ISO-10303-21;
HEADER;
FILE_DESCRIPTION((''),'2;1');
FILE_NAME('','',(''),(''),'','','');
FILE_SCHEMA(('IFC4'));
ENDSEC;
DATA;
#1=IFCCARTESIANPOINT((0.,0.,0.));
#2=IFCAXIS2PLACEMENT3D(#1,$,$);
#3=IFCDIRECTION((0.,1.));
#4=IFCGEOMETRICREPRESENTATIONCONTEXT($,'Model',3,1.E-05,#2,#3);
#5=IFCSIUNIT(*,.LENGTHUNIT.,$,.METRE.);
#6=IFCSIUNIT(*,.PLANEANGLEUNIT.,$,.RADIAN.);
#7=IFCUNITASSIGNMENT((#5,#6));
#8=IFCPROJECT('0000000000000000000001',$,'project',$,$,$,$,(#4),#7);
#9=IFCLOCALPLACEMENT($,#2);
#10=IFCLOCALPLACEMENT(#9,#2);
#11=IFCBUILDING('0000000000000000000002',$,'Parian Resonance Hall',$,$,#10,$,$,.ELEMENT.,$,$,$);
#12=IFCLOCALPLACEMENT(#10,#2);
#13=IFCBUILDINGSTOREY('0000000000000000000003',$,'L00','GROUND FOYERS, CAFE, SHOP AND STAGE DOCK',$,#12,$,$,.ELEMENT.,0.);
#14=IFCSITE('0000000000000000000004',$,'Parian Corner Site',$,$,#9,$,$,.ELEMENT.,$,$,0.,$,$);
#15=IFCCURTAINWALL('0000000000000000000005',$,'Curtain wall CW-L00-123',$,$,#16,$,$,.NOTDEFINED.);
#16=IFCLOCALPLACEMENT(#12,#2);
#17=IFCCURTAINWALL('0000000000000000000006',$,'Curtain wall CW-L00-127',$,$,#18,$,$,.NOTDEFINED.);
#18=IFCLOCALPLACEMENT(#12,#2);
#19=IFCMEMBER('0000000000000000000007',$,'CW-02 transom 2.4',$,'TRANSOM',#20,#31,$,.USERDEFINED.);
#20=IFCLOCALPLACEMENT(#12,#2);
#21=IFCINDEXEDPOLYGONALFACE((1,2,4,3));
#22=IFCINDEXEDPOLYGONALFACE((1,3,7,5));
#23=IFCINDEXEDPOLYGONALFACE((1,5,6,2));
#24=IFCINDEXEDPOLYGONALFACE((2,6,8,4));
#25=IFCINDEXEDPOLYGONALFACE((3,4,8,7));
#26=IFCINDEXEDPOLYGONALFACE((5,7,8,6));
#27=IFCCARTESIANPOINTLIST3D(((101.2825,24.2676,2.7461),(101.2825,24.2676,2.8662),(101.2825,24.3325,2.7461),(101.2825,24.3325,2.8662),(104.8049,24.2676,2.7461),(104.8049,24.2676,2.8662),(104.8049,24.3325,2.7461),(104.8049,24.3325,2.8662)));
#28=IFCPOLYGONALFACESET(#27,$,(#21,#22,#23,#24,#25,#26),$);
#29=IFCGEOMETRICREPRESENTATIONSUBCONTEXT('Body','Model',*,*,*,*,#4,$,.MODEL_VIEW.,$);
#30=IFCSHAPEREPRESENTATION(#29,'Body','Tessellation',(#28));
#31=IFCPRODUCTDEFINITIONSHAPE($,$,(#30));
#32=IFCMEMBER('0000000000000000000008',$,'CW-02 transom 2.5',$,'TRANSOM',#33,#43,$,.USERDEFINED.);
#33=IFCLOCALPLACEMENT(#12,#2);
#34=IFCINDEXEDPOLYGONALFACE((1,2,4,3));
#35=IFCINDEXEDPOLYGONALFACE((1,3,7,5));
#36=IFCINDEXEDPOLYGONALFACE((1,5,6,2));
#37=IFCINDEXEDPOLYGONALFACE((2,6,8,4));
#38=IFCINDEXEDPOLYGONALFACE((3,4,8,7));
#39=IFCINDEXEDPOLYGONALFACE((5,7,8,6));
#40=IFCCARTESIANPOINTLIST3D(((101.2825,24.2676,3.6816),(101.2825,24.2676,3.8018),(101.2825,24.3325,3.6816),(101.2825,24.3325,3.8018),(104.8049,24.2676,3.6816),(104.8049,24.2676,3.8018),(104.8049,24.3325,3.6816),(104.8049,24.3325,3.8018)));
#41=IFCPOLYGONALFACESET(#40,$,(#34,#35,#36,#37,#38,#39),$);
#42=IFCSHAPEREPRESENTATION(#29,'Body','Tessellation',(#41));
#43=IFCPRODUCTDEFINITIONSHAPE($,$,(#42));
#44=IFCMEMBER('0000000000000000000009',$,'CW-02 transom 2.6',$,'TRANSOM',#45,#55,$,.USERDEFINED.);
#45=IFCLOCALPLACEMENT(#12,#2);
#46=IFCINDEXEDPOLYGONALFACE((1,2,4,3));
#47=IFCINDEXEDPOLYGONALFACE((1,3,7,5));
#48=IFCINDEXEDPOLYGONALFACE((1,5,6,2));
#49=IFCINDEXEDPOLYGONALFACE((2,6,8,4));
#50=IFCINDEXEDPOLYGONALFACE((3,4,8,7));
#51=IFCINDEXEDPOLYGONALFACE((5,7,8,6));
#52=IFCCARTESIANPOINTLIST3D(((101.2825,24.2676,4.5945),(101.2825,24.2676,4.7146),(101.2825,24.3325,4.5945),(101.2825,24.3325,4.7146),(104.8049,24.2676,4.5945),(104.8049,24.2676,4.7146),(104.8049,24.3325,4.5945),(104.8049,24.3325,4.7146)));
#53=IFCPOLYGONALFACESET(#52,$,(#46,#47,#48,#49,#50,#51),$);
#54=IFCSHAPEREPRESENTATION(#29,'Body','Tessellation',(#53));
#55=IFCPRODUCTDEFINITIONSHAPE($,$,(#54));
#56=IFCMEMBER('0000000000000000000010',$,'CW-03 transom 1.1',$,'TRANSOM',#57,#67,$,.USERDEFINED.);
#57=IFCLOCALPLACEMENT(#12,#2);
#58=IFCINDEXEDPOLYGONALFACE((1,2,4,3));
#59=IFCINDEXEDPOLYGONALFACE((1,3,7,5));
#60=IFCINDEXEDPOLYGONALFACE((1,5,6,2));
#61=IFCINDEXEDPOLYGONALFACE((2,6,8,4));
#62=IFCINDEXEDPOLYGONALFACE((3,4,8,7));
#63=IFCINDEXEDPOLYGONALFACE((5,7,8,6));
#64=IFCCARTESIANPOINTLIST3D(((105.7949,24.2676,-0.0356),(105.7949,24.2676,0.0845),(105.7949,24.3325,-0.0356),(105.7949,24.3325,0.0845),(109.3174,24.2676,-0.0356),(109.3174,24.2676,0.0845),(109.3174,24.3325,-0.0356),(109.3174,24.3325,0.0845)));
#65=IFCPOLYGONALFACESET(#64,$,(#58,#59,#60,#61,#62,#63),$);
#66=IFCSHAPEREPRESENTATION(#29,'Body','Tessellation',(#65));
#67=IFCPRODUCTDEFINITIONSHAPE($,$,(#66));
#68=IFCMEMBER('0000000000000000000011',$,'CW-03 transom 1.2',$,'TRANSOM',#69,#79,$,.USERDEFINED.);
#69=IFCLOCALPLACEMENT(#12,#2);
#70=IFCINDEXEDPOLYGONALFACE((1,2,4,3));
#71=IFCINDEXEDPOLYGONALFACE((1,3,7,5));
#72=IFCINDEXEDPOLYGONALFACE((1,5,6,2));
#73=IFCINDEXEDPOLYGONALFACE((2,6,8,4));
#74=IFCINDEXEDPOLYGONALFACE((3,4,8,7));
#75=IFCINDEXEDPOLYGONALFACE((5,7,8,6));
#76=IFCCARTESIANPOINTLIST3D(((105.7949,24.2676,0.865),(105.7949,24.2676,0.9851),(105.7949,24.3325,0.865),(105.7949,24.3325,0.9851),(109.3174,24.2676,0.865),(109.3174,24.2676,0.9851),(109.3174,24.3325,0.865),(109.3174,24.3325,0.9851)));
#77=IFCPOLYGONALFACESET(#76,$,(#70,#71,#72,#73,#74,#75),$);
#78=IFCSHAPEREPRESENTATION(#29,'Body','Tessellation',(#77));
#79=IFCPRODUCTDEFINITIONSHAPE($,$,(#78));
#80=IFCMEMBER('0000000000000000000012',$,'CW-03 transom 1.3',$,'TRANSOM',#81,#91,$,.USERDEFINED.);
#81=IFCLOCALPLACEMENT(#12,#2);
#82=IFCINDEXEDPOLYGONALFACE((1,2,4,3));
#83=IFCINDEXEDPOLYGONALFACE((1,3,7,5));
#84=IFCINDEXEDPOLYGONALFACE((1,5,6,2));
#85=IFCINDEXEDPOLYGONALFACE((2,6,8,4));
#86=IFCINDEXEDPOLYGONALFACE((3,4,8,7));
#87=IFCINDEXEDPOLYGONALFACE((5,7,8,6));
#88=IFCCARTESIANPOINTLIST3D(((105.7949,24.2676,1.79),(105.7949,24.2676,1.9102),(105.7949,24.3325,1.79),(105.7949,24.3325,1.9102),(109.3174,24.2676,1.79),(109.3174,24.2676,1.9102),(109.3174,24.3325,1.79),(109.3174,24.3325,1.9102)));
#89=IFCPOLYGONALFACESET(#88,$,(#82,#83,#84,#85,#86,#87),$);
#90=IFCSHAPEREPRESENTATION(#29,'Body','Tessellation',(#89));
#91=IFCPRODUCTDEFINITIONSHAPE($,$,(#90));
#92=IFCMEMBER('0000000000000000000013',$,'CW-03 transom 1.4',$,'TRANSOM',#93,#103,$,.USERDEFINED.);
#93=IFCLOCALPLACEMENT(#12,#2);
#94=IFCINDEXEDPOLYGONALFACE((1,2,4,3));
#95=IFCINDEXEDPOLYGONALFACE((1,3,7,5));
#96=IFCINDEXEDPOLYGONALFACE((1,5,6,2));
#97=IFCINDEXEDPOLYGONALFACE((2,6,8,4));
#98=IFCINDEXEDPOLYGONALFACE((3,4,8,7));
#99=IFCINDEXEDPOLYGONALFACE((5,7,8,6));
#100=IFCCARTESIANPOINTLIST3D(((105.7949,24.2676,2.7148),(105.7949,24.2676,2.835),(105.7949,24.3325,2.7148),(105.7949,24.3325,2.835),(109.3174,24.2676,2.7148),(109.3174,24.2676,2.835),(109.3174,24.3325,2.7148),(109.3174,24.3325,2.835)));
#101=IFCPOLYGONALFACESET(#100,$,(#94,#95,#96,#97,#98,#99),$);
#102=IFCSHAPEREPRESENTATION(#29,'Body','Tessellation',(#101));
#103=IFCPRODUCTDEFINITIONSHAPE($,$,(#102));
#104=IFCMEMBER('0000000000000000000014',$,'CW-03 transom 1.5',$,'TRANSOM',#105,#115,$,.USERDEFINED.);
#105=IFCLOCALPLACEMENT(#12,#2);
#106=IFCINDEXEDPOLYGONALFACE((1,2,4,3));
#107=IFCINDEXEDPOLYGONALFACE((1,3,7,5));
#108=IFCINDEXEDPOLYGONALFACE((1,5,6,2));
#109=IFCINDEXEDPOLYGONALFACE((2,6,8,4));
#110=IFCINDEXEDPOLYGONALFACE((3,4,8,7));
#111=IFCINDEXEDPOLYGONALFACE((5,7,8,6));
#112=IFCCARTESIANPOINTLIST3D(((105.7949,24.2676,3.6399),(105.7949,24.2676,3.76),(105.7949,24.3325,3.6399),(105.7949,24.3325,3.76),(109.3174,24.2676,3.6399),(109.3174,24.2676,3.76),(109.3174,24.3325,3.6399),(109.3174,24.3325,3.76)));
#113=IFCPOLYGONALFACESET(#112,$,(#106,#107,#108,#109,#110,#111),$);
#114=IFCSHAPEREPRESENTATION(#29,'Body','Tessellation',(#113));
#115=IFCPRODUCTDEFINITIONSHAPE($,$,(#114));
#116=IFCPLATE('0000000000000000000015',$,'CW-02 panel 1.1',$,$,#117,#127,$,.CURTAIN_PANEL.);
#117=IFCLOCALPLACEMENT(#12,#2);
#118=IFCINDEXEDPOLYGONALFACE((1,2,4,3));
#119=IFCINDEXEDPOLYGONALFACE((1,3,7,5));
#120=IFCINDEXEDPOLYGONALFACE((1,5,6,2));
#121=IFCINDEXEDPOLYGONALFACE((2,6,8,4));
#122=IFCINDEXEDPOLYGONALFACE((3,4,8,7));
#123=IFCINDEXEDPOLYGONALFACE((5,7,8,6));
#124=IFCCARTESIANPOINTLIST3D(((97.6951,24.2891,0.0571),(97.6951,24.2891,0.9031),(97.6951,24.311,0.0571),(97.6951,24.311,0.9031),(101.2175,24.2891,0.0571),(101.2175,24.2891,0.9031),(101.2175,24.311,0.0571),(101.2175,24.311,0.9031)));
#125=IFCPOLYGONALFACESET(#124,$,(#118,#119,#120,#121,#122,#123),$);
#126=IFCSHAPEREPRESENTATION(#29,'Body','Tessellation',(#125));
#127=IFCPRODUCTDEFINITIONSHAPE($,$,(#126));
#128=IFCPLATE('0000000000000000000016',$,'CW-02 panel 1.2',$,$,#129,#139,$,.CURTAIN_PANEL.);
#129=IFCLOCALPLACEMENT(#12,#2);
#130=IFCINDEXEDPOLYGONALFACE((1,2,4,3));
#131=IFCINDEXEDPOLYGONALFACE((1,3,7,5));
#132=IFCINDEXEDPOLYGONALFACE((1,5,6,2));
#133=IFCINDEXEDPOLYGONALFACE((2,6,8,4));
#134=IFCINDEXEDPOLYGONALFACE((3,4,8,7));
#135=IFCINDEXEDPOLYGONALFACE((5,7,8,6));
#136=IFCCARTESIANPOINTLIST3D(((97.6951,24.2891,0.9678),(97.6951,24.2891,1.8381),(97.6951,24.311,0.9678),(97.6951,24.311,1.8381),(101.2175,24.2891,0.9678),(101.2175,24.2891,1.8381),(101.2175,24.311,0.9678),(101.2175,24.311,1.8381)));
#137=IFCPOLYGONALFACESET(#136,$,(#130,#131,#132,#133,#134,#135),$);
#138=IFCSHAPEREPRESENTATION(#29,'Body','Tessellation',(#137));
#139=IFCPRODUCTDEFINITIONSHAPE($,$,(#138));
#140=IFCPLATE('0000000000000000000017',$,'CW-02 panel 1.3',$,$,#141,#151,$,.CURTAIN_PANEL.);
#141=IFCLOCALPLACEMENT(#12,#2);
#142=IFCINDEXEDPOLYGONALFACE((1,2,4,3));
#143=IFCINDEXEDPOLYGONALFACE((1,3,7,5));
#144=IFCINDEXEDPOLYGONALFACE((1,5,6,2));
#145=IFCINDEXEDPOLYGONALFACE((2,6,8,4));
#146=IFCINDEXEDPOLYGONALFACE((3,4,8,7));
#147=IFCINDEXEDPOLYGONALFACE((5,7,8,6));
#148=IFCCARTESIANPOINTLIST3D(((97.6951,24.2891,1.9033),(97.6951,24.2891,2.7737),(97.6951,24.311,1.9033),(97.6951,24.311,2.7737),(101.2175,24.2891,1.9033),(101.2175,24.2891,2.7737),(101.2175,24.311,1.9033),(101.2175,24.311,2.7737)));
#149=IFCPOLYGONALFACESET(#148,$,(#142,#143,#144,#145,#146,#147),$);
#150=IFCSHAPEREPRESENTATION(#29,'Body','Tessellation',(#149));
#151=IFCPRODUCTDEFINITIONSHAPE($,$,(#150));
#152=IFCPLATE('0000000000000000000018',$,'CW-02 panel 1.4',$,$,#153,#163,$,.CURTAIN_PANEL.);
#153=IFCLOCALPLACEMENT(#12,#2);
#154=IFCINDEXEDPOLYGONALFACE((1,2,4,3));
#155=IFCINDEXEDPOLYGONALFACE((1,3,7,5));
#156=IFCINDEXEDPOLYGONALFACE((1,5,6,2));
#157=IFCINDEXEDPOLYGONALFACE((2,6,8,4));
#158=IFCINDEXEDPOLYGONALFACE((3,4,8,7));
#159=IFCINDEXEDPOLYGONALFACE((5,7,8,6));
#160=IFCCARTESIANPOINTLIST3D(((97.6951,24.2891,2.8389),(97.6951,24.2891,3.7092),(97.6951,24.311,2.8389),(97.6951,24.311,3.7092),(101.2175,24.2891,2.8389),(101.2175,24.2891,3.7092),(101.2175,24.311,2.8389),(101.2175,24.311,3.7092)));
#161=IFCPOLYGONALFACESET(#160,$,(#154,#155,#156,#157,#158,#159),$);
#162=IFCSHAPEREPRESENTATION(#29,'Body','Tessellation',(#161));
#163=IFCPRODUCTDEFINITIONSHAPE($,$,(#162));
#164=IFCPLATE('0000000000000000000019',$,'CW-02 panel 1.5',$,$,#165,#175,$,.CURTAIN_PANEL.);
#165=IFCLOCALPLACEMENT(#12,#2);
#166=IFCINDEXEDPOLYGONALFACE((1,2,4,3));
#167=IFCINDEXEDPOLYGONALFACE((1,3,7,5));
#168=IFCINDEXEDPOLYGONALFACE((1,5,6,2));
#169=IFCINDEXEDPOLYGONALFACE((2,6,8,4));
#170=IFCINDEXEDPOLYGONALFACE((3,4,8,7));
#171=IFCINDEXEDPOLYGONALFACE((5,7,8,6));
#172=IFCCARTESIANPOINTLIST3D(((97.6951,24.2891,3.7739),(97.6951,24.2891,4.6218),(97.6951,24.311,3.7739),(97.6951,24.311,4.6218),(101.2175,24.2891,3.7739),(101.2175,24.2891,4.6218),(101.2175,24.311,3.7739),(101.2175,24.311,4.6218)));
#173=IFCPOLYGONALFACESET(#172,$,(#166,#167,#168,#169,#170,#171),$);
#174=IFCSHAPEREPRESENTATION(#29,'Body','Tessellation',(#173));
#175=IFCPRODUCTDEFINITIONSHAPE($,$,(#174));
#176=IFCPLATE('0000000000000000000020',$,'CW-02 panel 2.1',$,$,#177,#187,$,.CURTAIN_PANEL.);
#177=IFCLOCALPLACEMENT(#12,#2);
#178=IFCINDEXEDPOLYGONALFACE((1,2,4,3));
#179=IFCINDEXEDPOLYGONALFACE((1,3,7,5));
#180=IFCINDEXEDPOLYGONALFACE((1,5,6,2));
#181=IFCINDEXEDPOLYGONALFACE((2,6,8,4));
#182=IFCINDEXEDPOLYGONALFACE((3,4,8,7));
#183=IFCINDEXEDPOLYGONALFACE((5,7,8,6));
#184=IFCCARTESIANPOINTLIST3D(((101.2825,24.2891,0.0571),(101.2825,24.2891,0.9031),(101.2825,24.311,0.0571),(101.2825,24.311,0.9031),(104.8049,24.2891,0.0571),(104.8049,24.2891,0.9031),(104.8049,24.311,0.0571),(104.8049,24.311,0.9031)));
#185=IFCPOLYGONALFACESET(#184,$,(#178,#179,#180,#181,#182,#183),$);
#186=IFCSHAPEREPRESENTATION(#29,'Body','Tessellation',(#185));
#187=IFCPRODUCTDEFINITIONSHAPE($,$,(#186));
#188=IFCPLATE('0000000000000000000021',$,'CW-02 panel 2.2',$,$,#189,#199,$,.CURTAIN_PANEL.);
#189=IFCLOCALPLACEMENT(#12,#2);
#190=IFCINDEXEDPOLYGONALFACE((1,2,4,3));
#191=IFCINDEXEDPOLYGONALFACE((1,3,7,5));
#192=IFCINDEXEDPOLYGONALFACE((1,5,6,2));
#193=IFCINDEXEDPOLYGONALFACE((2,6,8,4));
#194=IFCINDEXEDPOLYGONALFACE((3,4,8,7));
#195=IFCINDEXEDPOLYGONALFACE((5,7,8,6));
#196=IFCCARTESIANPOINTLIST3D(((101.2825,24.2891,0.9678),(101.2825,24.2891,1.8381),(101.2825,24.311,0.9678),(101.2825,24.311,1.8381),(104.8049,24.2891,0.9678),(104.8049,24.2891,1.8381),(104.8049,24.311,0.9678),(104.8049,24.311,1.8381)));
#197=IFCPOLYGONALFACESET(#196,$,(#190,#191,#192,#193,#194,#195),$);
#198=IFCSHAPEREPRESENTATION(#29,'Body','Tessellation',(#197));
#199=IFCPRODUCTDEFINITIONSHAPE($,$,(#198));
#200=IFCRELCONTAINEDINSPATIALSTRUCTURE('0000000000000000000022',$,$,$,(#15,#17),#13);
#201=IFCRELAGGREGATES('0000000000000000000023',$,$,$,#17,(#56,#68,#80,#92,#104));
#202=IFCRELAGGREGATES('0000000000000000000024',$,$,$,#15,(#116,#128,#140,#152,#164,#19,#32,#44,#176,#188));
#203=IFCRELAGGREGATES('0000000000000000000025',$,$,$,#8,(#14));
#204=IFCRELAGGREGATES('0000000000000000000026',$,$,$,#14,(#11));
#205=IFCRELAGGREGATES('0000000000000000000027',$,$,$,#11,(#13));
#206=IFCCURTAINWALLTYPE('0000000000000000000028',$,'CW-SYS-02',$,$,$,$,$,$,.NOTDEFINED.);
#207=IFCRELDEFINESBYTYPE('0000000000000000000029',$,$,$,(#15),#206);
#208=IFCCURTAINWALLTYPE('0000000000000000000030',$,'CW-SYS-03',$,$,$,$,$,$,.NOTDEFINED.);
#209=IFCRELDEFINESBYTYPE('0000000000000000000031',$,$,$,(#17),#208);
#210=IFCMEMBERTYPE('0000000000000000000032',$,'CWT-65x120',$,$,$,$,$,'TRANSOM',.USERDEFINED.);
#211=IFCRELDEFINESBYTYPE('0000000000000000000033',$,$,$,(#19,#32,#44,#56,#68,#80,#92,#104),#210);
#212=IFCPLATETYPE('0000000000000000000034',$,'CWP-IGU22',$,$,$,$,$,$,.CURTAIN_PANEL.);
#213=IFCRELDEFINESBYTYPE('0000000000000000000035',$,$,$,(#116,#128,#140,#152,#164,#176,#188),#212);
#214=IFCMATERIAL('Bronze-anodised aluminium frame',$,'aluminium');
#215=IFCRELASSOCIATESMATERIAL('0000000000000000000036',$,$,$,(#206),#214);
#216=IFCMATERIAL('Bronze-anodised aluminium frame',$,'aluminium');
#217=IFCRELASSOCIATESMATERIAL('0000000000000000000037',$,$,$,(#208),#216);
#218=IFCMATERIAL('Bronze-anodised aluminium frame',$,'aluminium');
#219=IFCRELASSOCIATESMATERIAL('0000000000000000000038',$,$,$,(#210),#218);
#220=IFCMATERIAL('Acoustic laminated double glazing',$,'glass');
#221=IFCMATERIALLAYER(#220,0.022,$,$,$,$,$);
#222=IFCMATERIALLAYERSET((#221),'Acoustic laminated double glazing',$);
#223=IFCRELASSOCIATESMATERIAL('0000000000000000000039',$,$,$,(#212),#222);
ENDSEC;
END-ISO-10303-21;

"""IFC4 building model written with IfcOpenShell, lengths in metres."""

from ifc_helpers import new_model, si_unit, direction, frame, origin, origin_2d, place, context, subcontext, project, spatial, rectangle, extrude, material, layer, layer_set, material_profile, profile_set, type_object, element, aggregate, save


model = new_model("IFC4")

# Units and contexts
model_context = context("Model", 3, precision=1e-05, world=origin(), true_north=direction((0.0, 1.0)))
body_context = subcontext(model_context, "Body", "Model", "MODEL_VIEW")
ifc_project = project(units=[si_unit("LENGTHUNIT", "METRE"), si_unit("PLANEANGLEUNIT", "RADIAN")], contexts=[model_context])

# Site, building, storey
site_placement = place(None, origin())
site = spatial("IfcSite", under=ifc_project, at=site_placement, Name="Parian Corner Site", CompositionType="ELEMENT", RefElevation=0.0)
building_placement = place(site_placement, origin())
building = spatial("IfcBuilding", under=site, at=building_placement, Name="Parian Resonance Hall", CompositionType="ELEMENT")
storey_placement = place(building_placement, origin())
storey = spatial("IfcBuildingStorey", under=building, at=storey_placement, Name="L00", Description="GROUND FOYERS, CAFE, SHOP AND STAGE DOCK", CompositionType="ELEMENT", Elevation=0.0)

# Curtain wall
ifc_material_1 = material(Name="Bronze-anodised aluminium frame", Category="aluminium")
curtain_wall_type_1 = type_object("IfcCurtainWallType", Name="CW-SYS-02", PredefinedType="NOTDEFINED", material=ifc_material_1)
curtain_wall_1_placement = place(storey_placement, origin())
curtain_wall_1 = element("IfcCurtainWall", 1, at=curtain_wall_1_placement, inside=storey, type_object=curtain_wall_type_1, Name="Curtain wall CW-L00-123", PredefinedType="NOTDEFINED")

# Curtain wall
ifc_material_2 = material(Name="Bronze-anodised aluminium frame", Category="aluminium")
curtain_wall_type_2 = type_object("IfcCurtainWallType", Name="CW-SYS-03", PredefinedType="NOTDEFINED", material=ifc_material_2)
curtain_wall_2_placement = place(storey_placement, origin())
curtain_wall_2 = element("IfcCurtainWall", 2, at=curtain_wall_2_placement, inside=storey, type_object=curtain_wall_type_2, Name="Curtain wall CW-L00-127", PredefinedType="NOTDEFINED")

# Members
ifc_material_3 = material(Name="Bronze-anodised aluminium frame", Category="aluminium")
ifc_material_profile_1 = material_profile(ifc_material_3, rectangle(XDim=0.0649, YDim=0.1201, at=origin_2d()), Name="CWT-65x120")
ifc_profile_set_1 = profile_set([ifc_material_profile_1], Name="Bronze-anodised aluminium frame")
member_type_1 = type_object("IfcMemberType", Name="CWT-65x120", ElementType="TRANSOM", PredefinedType="USERDEFINED", material=ifc_profile_set_1)
member_1_placement = place(storey_placement, frame((101.2825, 24.3, 2.8062), z_axis=(1.0, 0.0, 0.0), x_axis=(0.0, 1.0, 0.0)))
member_1 = element("IfcMember", 3, at=member_1_placement, type_object=member_type_1, Name="CW-02 transom 2.4", ObjectType="TRANSOM", PredefinedType="USERDEFINED", context=body_context, shape_type="SweptSolid", body=[
    extrude(rectangle(XDim=0.0649, YDim=0.1201, at=origin_2d()), origin(), (0.0, 0.0, 1.0), 3.5225),
])
member_2_placement = place(storey_placement, frame((101.2825, 24.3, 3.7417), z_axis=(1.0, 0.0, 0.0), x_axis=(0.0, 1.0, 0.0)))
member_2 = element("IfcMember", 4, at=member_2_placement, type_object=member_type_1, Name="CW-02 transom 2.5", ObjectType="TRANSOM", PredefinedType="USERDEFINED", context=body_context, shape_type="SweptSolid", body=[
    extrude(rectangle(XDim=0.0649, YDim=0.1201, at=origin_2d()), origin(), (0.0, 0.0, 1.0), 3.5225),
])
member_3_placement = place(storey_placement, frame((101.2825, 24.3, 4.6545), z_axis=(1.0, 0.0, 0.0), x_axis=(0.0, 1.0, 0.0)))
member_3 = element("IfcMember", 5, at=member_3_placement, type_object=member_type_1, Name="CW-02 transom 2.6", ObjectType="TRANSOM", PredefinedType="USERDEFINED", context=body_context, shape_type="SweptSolid", body=[
    extrude(rectangle(XDim=0.0649, YDim=0.1201, at=origin_2d()), origin(), (0.0, 0.0, 1.0), 3.5225),
])
member_4_placement = place(storey_placement, frame((105.7949, 24.3, 0.0244), z_axis=(1.0, 0.0, 0.0), x_axis=(0.0, 1.0, 0.0)))
member_4 = element("IfcMember", 6, at=member_4_placement, type_object=member_type_1, Name="CW-03 transom 1.1", ObjectType="TRANSOM", PredefinedType="USERDEFINED", context=body_context, shape_type="SweptSolid", body=[
    extrude(rectangle(XDim=0.0649, YDim=0.1201, at=origin_2d()), origin(), (0.0, 0.0, 1.0), 3.5225),
])
member_5_placement = place(storey_placement, frame((105.7949, 24.3, 0.925), z_axis=(1.0, 0.0, 0.0), x_axis=(0.0, 1.0, 0.0)))
member_5 = element("IfcMember", 7, at=member_5_placement, type_object=member_type_1, Name="CW-03 transom 1.2", ObjectType="TRANSOM", PredefinedType="USERDEFINED", context=body_context, shape_type="SweptSolid", body=[
    extrude(rectangle(XDim=0.0649, YDim=0.1201, at=origin_2d()), origin(), (0.0, 0.0, 1.0), 3.5225),
])
member_6_placement = place(storey_placement, frame((105.7949, 24.3, 1.8501), z_axis=(1.0, 0.0, 0.0), x_axis=(0.0, 1.0, 0.0)))
member_6 = element("IfcMember", 8, at=member_6_placement, type_object=member_type_1, Name="CW-03 transom 1.3", ObjectType="TRANSOM", PredefinedType="USERDEFINED", context=body_context, shape_type="SweptSolid", body=[
    extrude(rectangle(XDim=0.0649, YDim=0.1201, at=origin_2d()), origin(), (0.0, 0.0, 1.0), 3.5225),
])
member_7_placement = place(storey_placement, frame((105.7949, 24.3, 2.7749), z_axis=(1.0, 0.0, 0.0), x_axis=(0.0, 1.0, 0.0)))
member_7 = element("IfcMember", 9, at=member_7_placement, type_object=member_type_1, Name="CW-03 transom 1.4", ObjectType="TRANSOM", PredefinedType="USERDEFINED", context=body_context, shape_type="SweptSolid", body=[
    extrude(rectangle(XDim=0.0649, YDim=0.1201, at=origin_2d()), origin(), (0.0, 0.0, 1.0), 3.5225),
])
member_8_placement = place(storey_placement, frame((105.7949, 24.3, 3.7), z_axis=(1.0, 0.0, 0.0), x_axis=(0.0, 1.0, 0.0)))
member_8 = element("IfcMember", 10, at=member_8_placement, type_object=member_type_1, Name="CW-03 transom 1.5", ObjectType="TRANSOM", PredefinedType="USERDEFINED", context=body_context, shape_type="SweptSolid", body=[
    extrude(rectangle(XDim=0.0649, YDim=0.1201, at=origin_2d()), origin(), (0.0, 0.0, 1.0), 3.5225),
])
aggregate(curtain_wall_2, [member_4, member_5, member_6, member_7, member_8])

# Plates
ifc_material_4 = material(Name="Acoustic laminated double glazing", Category="glass")
ifc_layer = layer(ifc_material_4, 0.022)
ifc_layer_set = layer_set([ifc_layer], Name="Acoustic laminated double glazing")
plate_type = type_object("IfcPlateType", Name="CWP-IGU22", PredefinedType="CURTAIN_PANEL", material=ifc_layer_set)
plate_1_placement = place(storey_placement, frame((99.4563, 24.3, 0.0571), z_axis=(0.0, 0.0, 1.0), x_axis=(1.0, 0.0, 0.0)))
plate_1 = element("IfcPlate", 11, at=plate_1_placement, type_object=plate_type, Name="CW-02 panel 1.1", PredefinedType="CURTAIN_PANEL", context=body_context, shape_type="SweptSolid", body=[
    extrude(rectangle(XDim=3.5225, YDim=0.022, at=origin_2d()), origin(), (0.0, 0.0, 1.0), 0.8459),
])
plate_2_placement = place(storey_placement, frame((99.4563, 24.3, 0.9678), z_axis=(0.0, 0.0, 1.0), x_axis=(1.0, 0.0, 0.0)))
plate_2 = element("IfcPlate", 12, at=plate_2_placement, type_object=plate_type, Name="CW-02 panel 1.2", PredefinedType="CURTAIN_PANEL", context=body_context, shape_type="SweptSolid", body=[
    extrude(rectangle(XDim=3.5225, YDim=0.022, at=origin_2d()), origin(), (0.0, 0.0, 1.0), 0.8704),
])
plate_3_placement = place(storey_placement, frame((99.4563, 24.3, 1.9033), z_axis=(0.0, 0.0, 1.0), x_axis=(1.0, 0.0, 0.0)))
plate_3 = element("IfcPlate", 13, at=plate_3_placement, type_object=plate_type, Name="CW-02 panel 1.3", PredefinedType="CURTAIN_PANEL", context=body_context, shape_type="SweptSolid", body=[
    extrude(rectangle(XDim=3.5225, YDim=0.022, at=origin_2d()), origin(), (0.0, 0.0, 1.0), 0.8704),
])
plate_4_placement = place(storey_placement, frame((99.4563, 24.3, 2.8389), z_axis=(0.0, 0.0, 1.0), x_axis=(1.0, 0.0, 0.0)))
plate_4 = element("IfcPlate", 14, at=plate_4_placement, type_object=plate_type, Name="CW-02 panel 1.4", PredefinedType="CURTAIN_PANEL", context=body_context, shape_type="SweptSolid", body=[
    extrude(rectangle(XDim=3.5225, YDim=0.022, at=origin_2d()), origin(), (0.0, 0.0, 1.0), 0.8704),
])
plate_5_placement = place(storey_placement, frame((99.4563, 24.3, 3.7739), z_axis=(0.0, 0.0, 1.0), x_axis=(1.0, 0.0, 0.0)))
plate_5 = element("IfcPlate", 15, at=plate_5_placement, type_object=plate_type, Name="CW-02 panel 1.5", PredefinedType="CURTAIN_PANEL", context=body_context, shape_type="SweptSolid", body=[
    extrude(rectangle(XDim=3.5225, YDim=0.022, at=origin_2d()), origin(), (0.0, 0.0, 1.0), 0.8479),
])
plate_6_placement = place(storey_placement, frame((103.0437, 24.3, 0.0571), z_axis=(0.0, 0.0, 1.0), x_axis=(1.0, 0.0, 0.0)))
plate_6 = element("IfcPlate", 16, at=plate_6_placement, type_object=plate_type, Name="CW-02 panel 2.1", PredefinedType="CURTAIN_PANEL", context=body_context, shape_type="SweptSolid", body=[
    extrude(rectangle(XDim=3.5225, YDim=0.022, at=origin_2d()), origin(), (0.0, 0.0, 1.0), 0.8459),
])
plate_7_placement = place(storey_placement, frame((103.0437, 24.3, 0.9678), z_axis=(0.0, 0.0, 1.0), x_axis=(1.0, 0.0, 0.0)))
plate_7 = element("IfcPlate", 17, at=plate_7_placement, type_object=plate_type, Name="CW-02 panel 2.2", PredefinedType="CURTAIN_PANEL", context=body_context, shape_type="SweptSolid", body=[
    extrude(rectangle(XDim=3.5225, YDim=0.022, at=origin_2d()), origin(), (0.0, 0.0, 1.0), 0.8704),
])
aggregate(curtain_wall_1, [plate_1, plate_2, plate_3, plate_4, plate_5, member_1, member_2, member_3, plate_6, plate_7])

save(model, "model.ifc")
